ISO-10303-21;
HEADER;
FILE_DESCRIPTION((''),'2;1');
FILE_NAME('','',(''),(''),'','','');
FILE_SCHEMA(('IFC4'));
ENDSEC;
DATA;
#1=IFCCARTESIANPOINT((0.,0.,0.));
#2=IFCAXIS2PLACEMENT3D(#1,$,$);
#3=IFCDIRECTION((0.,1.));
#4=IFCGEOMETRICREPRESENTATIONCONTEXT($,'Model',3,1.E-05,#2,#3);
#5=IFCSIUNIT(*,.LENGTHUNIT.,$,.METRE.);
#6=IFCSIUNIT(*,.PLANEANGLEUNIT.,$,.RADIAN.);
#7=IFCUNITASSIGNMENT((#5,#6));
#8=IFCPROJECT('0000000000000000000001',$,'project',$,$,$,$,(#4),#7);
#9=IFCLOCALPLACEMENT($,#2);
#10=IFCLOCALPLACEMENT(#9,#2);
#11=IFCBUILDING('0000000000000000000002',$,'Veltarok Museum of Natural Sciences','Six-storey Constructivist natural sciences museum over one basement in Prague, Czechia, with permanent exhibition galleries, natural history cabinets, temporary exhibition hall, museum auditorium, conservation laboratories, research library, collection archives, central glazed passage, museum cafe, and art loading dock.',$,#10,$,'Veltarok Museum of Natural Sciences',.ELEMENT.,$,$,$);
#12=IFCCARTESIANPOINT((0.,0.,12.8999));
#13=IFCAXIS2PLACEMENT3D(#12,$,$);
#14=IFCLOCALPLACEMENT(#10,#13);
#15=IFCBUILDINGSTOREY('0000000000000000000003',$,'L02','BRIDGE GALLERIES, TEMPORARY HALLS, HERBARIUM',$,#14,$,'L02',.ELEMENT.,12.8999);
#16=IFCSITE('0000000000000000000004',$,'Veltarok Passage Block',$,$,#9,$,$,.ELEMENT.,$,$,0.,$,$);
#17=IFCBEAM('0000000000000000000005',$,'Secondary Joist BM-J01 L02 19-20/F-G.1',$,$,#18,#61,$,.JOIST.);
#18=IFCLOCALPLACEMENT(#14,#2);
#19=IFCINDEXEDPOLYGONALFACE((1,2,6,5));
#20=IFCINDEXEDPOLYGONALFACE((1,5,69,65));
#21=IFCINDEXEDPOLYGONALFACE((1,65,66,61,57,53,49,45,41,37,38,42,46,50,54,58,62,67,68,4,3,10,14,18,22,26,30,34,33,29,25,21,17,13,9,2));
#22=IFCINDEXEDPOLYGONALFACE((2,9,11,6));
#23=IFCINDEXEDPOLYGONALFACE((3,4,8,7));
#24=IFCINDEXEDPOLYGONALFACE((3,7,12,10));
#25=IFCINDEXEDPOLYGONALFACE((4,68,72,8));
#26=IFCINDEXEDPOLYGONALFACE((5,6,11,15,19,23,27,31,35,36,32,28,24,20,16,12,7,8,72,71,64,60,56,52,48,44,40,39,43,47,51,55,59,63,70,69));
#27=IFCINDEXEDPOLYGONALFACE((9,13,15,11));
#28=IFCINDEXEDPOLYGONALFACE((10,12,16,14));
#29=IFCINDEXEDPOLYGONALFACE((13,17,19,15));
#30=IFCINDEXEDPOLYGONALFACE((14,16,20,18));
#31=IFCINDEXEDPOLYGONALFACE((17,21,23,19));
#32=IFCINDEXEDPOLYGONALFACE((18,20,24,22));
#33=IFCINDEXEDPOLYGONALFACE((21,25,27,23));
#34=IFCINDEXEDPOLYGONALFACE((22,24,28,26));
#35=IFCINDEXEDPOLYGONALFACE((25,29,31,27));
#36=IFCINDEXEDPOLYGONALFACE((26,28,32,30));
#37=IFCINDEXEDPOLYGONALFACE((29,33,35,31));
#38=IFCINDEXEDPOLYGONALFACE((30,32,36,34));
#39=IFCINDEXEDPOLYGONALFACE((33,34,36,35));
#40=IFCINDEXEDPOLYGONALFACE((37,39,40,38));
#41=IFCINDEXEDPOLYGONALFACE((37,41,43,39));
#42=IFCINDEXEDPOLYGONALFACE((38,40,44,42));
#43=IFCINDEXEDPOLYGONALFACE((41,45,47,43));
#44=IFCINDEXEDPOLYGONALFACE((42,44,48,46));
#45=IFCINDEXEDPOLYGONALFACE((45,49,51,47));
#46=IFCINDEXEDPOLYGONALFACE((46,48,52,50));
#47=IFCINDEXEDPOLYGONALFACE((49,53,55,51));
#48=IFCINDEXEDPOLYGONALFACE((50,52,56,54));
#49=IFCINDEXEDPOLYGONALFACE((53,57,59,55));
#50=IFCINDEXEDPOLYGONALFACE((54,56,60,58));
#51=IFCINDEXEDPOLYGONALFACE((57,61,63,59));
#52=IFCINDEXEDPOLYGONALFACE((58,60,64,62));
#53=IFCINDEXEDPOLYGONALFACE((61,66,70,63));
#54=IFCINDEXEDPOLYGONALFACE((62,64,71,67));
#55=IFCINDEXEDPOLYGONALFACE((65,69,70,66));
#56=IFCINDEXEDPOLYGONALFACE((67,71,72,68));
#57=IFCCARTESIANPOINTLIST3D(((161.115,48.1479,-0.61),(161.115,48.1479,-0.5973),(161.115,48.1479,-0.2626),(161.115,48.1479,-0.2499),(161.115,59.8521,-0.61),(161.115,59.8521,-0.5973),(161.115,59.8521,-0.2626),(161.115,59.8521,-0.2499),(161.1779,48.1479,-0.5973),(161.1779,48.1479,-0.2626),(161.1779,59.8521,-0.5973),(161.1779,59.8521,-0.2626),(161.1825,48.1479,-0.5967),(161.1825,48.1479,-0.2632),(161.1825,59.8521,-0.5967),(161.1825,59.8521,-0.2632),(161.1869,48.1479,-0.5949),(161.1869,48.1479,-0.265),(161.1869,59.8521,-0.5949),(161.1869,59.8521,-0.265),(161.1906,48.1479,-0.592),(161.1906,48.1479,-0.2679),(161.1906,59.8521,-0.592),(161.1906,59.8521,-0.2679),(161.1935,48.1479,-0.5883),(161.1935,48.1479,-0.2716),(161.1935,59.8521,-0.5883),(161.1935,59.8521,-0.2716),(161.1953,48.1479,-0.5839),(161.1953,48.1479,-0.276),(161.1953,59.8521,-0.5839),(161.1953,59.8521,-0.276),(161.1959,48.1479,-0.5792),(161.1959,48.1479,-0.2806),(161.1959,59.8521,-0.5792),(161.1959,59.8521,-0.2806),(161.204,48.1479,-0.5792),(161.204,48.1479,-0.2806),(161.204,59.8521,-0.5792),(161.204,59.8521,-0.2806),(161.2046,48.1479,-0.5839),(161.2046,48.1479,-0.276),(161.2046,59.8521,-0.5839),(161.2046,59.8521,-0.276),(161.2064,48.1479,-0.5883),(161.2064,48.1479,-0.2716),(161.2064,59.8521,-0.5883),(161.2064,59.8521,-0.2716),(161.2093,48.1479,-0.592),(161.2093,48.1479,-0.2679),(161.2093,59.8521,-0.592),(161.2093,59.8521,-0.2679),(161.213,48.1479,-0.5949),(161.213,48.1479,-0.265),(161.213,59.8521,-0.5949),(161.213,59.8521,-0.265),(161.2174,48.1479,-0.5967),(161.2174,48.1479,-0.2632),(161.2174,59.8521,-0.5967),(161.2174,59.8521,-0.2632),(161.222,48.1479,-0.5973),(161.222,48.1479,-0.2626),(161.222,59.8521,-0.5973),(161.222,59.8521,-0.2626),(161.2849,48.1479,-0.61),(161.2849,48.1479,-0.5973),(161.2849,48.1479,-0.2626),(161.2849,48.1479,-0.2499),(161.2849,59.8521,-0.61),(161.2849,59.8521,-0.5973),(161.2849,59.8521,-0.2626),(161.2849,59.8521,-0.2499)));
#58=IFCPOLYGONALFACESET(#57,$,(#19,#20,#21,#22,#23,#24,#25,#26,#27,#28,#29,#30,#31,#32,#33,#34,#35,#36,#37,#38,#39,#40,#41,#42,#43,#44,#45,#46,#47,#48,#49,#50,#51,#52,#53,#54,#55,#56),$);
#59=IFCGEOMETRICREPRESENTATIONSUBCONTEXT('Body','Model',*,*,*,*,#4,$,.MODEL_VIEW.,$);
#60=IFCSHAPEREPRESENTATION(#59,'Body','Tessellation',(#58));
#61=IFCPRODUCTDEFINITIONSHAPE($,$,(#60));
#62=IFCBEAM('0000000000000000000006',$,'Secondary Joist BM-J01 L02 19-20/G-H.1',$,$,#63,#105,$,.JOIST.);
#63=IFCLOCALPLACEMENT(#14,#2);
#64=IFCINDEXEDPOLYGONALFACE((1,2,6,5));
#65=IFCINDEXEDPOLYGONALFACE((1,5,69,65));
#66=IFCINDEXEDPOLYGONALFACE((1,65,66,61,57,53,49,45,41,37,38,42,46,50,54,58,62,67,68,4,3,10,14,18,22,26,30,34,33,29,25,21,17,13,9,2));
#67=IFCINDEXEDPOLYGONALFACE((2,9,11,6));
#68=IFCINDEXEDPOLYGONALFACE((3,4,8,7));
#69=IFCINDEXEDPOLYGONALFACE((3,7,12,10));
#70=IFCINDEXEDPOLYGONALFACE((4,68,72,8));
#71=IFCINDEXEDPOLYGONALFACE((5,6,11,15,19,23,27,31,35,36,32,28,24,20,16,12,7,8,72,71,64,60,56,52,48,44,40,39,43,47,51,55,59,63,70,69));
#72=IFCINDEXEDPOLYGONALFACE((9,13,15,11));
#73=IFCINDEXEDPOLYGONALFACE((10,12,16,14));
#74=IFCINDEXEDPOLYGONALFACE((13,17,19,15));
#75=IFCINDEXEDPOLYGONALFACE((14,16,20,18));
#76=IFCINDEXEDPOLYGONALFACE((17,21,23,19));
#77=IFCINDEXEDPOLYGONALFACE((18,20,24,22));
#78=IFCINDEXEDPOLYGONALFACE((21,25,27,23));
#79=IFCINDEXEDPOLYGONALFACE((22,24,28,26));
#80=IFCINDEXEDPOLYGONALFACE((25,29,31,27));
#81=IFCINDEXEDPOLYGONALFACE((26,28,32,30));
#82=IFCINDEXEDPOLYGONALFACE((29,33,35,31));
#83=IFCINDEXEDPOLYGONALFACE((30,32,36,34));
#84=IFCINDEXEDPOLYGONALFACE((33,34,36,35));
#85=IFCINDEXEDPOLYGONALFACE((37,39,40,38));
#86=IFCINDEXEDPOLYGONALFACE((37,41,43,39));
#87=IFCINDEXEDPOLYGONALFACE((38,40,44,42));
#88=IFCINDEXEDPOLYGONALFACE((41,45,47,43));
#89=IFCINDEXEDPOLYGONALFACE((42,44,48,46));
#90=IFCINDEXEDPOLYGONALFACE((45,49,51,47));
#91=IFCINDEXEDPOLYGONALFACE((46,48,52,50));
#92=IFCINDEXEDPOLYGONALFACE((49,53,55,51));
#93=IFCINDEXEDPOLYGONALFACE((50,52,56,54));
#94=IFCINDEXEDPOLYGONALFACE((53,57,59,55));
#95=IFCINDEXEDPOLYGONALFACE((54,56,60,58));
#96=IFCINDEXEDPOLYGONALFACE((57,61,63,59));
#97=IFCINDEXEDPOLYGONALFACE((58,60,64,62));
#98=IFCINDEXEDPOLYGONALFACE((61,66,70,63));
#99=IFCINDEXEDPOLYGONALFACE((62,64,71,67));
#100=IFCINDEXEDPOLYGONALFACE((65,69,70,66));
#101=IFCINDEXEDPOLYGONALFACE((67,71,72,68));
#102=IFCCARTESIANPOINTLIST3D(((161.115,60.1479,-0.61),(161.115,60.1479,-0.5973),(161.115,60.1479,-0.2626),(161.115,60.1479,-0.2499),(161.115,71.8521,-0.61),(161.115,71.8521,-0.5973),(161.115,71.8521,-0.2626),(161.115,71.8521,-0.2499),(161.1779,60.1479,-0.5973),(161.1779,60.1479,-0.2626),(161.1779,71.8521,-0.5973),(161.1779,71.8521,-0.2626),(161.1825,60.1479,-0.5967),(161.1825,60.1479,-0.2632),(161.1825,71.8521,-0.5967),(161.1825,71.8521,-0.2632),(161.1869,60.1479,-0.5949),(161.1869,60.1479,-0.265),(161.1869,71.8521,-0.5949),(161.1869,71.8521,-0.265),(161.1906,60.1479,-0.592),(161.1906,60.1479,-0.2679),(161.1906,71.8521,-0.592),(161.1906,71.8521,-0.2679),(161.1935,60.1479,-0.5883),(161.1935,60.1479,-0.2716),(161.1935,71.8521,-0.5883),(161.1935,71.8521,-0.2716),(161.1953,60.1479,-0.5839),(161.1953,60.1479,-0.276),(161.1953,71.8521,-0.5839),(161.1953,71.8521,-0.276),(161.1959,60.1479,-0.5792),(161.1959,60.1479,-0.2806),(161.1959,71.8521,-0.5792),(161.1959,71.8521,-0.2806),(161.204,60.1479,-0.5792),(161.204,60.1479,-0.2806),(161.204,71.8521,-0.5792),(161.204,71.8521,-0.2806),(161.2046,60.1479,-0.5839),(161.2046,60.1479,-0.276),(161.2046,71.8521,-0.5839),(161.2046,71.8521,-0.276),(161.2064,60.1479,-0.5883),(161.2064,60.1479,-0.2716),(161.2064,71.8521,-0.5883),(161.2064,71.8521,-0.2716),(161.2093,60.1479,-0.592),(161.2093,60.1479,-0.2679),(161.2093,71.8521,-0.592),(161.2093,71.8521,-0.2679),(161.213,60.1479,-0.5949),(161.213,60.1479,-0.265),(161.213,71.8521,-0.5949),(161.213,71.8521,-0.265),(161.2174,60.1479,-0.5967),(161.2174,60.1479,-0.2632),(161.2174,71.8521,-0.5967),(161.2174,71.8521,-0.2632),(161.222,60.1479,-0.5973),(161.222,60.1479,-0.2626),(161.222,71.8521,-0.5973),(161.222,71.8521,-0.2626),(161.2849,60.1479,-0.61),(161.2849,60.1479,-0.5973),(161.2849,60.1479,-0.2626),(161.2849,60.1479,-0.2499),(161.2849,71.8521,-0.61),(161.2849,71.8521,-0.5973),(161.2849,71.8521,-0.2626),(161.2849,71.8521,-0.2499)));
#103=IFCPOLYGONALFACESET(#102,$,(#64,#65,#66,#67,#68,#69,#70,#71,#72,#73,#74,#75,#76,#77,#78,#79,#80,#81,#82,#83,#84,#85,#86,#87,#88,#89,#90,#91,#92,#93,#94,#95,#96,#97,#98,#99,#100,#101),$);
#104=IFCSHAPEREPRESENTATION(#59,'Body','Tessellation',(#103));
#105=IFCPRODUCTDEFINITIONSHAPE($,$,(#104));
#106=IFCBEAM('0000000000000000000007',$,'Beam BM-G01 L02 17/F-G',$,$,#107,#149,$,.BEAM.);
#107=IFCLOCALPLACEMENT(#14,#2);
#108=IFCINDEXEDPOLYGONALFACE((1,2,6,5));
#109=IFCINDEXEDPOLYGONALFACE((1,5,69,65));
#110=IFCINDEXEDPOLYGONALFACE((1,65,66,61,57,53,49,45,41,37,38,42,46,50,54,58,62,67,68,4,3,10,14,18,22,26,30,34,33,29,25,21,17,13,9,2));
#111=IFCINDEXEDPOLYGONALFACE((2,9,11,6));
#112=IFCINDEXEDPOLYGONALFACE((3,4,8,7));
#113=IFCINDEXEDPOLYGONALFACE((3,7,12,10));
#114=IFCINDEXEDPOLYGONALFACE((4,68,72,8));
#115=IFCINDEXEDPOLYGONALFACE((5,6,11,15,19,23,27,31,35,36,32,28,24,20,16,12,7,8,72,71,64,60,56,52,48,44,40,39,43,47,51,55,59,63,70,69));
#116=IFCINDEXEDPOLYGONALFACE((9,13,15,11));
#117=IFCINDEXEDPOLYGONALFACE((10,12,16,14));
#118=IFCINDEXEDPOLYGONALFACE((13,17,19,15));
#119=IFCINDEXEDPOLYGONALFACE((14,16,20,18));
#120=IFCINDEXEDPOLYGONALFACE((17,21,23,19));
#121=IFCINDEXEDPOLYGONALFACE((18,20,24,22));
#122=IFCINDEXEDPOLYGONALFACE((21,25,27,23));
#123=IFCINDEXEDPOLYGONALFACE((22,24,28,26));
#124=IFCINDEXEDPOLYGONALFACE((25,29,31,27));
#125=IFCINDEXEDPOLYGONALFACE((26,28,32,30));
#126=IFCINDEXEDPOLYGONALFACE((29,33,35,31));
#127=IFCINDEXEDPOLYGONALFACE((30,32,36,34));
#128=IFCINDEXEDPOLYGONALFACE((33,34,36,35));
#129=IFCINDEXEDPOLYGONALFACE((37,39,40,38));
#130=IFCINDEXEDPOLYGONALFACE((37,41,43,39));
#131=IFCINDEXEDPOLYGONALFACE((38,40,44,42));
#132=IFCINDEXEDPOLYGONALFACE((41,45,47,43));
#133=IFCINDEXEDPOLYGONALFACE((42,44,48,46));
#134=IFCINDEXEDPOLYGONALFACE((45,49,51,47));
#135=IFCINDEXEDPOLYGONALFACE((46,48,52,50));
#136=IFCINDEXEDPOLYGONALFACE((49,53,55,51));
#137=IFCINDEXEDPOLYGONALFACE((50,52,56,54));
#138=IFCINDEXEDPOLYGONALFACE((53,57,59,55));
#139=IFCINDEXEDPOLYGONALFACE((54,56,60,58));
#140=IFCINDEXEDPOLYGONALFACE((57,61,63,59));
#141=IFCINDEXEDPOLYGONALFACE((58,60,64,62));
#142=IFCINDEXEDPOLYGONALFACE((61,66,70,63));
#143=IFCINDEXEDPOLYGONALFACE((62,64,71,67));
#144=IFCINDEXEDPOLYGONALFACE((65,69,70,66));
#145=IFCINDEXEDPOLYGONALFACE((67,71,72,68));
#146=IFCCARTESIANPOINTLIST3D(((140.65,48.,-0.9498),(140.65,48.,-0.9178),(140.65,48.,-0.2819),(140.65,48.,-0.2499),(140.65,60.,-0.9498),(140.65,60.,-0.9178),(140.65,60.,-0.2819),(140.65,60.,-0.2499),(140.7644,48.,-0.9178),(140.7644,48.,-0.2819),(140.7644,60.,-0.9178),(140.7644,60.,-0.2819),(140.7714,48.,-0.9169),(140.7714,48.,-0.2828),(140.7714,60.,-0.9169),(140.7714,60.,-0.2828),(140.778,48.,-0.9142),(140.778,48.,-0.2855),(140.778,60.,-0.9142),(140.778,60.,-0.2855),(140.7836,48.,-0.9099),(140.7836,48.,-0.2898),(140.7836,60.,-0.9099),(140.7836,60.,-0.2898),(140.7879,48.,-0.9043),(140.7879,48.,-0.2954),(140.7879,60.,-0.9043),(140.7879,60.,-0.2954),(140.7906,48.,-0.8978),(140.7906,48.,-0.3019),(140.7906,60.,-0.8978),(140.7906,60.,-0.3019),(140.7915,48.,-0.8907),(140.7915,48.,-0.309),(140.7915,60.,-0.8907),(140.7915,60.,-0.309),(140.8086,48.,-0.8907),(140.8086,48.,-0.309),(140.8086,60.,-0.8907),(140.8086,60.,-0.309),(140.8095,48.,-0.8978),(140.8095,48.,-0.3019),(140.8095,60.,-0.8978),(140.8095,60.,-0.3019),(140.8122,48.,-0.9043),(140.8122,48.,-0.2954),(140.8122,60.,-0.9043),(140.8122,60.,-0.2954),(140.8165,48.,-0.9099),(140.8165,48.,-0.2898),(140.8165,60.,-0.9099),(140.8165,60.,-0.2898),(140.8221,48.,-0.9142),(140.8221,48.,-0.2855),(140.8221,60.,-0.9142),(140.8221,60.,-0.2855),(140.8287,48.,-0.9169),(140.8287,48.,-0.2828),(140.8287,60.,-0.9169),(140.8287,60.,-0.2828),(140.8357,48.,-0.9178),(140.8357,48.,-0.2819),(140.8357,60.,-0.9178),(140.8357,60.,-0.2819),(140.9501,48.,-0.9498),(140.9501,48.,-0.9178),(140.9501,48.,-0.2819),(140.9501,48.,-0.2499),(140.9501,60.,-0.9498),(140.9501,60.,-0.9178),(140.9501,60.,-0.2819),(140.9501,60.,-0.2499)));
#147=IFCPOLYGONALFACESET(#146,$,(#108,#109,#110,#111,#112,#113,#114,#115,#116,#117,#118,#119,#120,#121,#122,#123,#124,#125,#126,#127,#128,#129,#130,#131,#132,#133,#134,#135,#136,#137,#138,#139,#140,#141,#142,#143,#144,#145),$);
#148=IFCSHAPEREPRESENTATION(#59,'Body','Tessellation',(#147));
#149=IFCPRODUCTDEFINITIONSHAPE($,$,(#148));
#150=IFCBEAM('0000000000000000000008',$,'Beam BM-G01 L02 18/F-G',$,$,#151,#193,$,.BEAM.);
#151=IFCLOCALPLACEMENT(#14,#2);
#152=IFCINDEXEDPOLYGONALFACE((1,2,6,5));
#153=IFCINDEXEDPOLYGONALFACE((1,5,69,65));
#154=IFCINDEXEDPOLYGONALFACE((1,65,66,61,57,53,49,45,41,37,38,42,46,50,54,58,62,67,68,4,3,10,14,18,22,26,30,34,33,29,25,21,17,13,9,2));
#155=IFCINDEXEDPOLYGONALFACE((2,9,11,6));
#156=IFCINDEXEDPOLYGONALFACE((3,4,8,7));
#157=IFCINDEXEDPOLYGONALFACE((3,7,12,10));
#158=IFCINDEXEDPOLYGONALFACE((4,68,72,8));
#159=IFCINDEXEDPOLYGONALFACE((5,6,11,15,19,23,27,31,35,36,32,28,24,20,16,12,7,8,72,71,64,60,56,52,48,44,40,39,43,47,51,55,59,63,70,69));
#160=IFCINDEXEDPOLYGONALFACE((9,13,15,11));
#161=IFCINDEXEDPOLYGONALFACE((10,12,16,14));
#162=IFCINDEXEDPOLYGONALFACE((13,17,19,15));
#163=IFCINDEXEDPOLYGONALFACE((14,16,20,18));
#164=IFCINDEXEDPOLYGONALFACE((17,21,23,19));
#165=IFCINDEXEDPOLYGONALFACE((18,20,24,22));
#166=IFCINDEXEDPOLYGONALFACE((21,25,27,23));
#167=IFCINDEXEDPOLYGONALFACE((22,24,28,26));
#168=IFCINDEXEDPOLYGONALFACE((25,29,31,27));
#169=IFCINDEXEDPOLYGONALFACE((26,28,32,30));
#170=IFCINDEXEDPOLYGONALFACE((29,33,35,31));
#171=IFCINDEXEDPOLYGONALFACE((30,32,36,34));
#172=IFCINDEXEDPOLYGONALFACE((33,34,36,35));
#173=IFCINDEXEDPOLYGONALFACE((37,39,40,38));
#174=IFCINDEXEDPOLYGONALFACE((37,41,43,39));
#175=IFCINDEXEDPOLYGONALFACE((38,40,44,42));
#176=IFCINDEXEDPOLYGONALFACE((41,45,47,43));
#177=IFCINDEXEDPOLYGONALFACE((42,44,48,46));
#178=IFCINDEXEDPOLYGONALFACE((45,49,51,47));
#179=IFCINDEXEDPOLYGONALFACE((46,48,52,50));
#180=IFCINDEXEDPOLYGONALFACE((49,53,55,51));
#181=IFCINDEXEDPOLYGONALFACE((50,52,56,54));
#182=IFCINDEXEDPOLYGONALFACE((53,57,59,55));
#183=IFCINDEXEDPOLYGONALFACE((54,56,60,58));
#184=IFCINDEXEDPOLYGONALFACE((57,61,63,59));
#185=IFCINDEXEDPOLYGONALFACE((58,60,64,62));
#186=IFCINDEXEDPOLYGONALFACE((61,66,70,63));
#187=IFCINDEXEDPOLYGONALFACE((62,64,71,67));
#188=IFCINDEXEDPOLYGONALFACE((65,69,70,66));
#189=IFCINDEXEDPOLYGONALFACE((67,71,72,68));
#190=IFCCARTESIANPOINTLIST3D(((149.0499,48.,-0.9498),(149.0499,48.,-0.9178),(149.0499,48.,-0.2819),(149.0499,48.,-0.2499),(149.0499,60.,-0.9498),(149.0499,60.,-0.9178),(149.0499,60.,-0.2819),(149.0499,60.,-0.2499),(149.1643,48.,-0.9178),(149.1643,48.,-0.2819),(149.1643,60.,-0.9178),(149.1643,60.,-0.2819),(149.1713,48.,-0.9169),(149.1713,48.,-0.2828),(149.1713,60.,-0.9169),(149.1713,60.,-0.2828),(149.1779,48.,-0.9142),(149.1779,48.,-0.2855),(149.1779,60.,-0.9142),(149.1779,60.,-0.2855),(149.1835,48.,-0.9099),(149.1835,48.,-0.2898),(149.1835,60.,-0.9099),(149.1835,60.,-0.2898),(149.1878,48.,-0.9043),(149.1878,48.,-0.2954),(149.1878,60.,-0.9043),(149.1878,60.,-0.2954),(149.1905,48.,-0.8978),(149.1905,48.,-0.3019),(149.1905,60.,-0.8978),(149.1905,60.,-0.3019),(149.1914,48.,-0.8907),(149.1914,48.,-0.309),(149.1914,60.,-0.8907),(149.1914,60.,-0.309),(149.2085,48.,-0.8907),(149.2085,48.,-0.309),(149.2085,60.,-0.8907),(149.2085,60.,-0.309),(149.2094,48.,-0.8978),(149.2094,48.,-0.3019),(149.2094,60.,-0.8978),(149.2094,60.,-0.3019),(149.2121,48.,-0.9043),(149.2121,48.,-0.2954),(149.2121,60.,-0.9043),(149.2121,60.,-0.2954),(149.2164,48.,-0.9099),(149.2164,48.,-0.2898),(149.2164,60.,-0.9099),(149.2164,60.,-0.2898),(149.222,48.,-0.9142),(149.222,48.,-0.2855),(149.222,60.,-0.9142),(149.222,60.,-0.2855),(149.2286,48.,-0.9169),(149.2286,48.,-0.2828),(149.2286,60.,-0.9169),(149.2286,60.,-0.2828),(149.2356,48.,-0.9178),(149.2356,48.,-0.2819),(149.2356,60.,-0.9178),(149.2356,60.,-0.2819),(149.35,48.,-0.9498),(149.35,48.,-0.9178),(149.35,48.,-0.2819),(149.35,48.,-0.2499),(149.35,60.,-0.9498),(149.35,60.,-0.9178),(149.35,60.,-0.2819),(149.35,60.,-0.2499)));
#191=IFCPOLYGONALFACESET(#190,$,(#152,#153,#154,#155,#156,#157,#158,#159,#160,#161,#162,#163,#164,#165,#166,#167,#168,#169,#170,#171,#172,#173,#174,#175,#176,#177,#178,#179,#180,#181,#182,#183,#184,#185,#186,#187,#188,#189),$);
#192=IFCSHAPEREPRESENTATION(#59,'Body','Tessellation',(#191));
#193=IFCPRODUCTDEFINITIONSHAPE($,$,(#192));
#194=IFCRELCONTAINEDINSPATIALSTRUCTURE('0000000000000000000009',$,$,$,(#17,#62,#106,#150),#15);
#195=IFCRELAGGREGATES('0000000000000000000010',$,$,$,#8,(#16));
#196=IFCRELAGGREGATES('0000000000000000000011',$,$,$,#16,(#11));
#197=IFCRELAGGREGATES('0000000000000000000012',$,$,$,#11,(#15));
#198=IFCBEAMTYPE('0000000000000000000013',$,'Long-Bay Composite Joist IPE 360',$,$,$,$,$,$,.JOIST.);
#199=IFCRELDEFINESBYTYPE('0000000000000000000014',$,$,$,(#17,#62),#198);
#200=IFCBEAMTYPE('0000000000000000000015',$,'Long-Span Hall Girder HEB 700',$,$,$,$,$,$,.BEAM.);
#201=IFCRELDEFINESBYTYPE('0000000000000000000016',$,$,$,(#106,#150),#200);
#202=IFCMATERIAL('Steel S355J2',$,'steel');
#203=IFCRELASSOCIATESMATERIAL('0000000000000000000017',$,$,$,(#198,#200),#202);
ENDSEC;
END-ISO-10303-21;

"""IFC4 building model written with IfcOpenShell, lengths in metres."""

from ifc_helpers import new_model, si_unit, direction, frame, origin, origin_2d, place, context, subcontext, project, spatial, i_section, extrude, material, material_profile, profile_set, type_object, element, save


model = new_model("IFC4")

# Units and contexts
model_context = context("Model", 3, precision=1e-05, world=origin(), true_north=direction((0.0, 1.0)))
body_context = subcontext(model_context, "Body", "Model", "MODEL_VIEW")
ifc_project = project(units=[si_unit("LENGTHUNIT", "METRE"), si_unit("PLANEANGLEUNIT", "RADIAN")], contexts=[model_context])

# Site, building, storey
site_placement = place(None, origin())
site = spatial("IfcSite", under=ifc_project, at=site_placement, Name="Veltarok Passage Block", CompositionType="ELEMENT", RefElevation=0.0)
building_placement = place(site_placement, origin())
building = spatial("IfcBuilding", under=site, at=building_placement, Name="Veltarok Museum of Natural Sciences", Description="Six-storey Constructivist natural sciences museum over one basement in Prague, Czechia, with permanent exhibition galleries, natural history cabinets, temporary exhibition hall, museum auditorium, conservation laboratories, research library, collection archives, central glazed passage, museum cafe, and art loading dock.", LongName="Veltarok Museum of Natural Sciences", CompositionType="ELEMENT")
storey_placement = place(building_placement, frame((0.0, 0.0, 12.8999)))
storey = spatial("IfcBuildingStorey", under=building, at=storey_placement, Name="L02", Description="BRIDGE GALLERIES, TEMPORARY HALLS, HERBARIUM", LongName="L02", CompositionType="ELEMENT", Elevation=12.8999)

# Shared definitions
ifc_material_1 = material(Name="Steel S355J2", Category="steel")

# Beams
ifc_material_profile_1 = material_profile(ifc_material_1, i_section(OverallWidth=0.1699, OverallDepth=0.3601, WebThickness=0.0081, FlangeThickness=0.0127, FilletRadius=0.0181, at=origin_2d()), Name="IPE 360")
ifc_profile_set_1 = profile_set([ifc_material_profile_1], Name="Steel S355J2")
beam_type_1 = type_object("IfcBeamType", Name="Long-Bay Composite Joist IPE 360", PredefinedType="JOIST", material=ifc_profile_set_1)
for number, where, z_axis, x_axis, name in (
    (1, (161.2, 48.1479, -0.4299), (0.0, 1.0, 0.0), (-1.0, 0.0, 0.0), "Secondary Joist BM-J01 L02 19-20/F-G.1"),
    (2, (161.2, 60.1479, -0.4299), (0.0, 1.0, 0.0), (-1.0, 0.0, 0.0), "Secondary Joist BM-J01 L02 19-20/G-H.1"),
):
    element("IfcBeam", number, at=place(storey_placement, frame(where, z_axis=z_axis, x_axis=x_axis)), inside=storey, type_object=beam_type_1, Name=name, PredefinedType="JOIST", context=body_context, shape_type="SweptSolid", body=[
        extrude(i_section(OverallWidth=0.1699, OverallDepth=0.3601, WebThickness=0.0081, FlangeThickness=0.0127, FilletRadius=0.0181, at=origin_2d()), origin(), (0.0, 0.0, 1.0), 11.7041),
    ])
ifc_material_profile_2 = material_profile(ifc_material_1, i_section(OverallWidth=0.3, OverallDepth=0.7, WebThickness=0.0171, FlangeThickness=0.032, FilletRadius=0.0271, at=origin_2d()), Name="HEB 700")
ifc_profile_set_2 = profile_set([ifc_material_profile_2], Name="Steel S355J2")
beam_type_2 = type_object("IfcBeamType", Name="Long-Span Hall Girder HEB 700", PredefinedType="BEAM", material=ifc_profile_set_2)
for number, where, z_axis, x_axis, name in (
    (3, (140.8, 48.0, -0.5999), (0.0, 1.0, 0.0), (-1.0, 0.0, 0.0), "Beam BM-G01 L02 17/F-G"),
    (4, (149.2, 48.0, -0.5999), (0.0, 1.0, 0.0), (-1.0, 0.0, 0.0), "Beam BM-G01 L02 18/F-G"),
):
    element("IfcBeam", number, at=place(storey_placement, frame(where, z_axis=z_axis, x_axis=x_axis)), inside=storey, type_object=beam_type_2, Name=name, PredefinedType="BEAM", context=body_context, shape_type="SweptSolid", body=[
        extrude(i_section(OverallWidth=0.3, OverallDepth=0.7, WebThickness=0.0171, FlangeThickness=0.032, FilletRadius=0.0271, at=origin_2d()), origin(), (0.0, 0.0, 1.0), 12.0),
    ])

save(model, "model.ifc")
